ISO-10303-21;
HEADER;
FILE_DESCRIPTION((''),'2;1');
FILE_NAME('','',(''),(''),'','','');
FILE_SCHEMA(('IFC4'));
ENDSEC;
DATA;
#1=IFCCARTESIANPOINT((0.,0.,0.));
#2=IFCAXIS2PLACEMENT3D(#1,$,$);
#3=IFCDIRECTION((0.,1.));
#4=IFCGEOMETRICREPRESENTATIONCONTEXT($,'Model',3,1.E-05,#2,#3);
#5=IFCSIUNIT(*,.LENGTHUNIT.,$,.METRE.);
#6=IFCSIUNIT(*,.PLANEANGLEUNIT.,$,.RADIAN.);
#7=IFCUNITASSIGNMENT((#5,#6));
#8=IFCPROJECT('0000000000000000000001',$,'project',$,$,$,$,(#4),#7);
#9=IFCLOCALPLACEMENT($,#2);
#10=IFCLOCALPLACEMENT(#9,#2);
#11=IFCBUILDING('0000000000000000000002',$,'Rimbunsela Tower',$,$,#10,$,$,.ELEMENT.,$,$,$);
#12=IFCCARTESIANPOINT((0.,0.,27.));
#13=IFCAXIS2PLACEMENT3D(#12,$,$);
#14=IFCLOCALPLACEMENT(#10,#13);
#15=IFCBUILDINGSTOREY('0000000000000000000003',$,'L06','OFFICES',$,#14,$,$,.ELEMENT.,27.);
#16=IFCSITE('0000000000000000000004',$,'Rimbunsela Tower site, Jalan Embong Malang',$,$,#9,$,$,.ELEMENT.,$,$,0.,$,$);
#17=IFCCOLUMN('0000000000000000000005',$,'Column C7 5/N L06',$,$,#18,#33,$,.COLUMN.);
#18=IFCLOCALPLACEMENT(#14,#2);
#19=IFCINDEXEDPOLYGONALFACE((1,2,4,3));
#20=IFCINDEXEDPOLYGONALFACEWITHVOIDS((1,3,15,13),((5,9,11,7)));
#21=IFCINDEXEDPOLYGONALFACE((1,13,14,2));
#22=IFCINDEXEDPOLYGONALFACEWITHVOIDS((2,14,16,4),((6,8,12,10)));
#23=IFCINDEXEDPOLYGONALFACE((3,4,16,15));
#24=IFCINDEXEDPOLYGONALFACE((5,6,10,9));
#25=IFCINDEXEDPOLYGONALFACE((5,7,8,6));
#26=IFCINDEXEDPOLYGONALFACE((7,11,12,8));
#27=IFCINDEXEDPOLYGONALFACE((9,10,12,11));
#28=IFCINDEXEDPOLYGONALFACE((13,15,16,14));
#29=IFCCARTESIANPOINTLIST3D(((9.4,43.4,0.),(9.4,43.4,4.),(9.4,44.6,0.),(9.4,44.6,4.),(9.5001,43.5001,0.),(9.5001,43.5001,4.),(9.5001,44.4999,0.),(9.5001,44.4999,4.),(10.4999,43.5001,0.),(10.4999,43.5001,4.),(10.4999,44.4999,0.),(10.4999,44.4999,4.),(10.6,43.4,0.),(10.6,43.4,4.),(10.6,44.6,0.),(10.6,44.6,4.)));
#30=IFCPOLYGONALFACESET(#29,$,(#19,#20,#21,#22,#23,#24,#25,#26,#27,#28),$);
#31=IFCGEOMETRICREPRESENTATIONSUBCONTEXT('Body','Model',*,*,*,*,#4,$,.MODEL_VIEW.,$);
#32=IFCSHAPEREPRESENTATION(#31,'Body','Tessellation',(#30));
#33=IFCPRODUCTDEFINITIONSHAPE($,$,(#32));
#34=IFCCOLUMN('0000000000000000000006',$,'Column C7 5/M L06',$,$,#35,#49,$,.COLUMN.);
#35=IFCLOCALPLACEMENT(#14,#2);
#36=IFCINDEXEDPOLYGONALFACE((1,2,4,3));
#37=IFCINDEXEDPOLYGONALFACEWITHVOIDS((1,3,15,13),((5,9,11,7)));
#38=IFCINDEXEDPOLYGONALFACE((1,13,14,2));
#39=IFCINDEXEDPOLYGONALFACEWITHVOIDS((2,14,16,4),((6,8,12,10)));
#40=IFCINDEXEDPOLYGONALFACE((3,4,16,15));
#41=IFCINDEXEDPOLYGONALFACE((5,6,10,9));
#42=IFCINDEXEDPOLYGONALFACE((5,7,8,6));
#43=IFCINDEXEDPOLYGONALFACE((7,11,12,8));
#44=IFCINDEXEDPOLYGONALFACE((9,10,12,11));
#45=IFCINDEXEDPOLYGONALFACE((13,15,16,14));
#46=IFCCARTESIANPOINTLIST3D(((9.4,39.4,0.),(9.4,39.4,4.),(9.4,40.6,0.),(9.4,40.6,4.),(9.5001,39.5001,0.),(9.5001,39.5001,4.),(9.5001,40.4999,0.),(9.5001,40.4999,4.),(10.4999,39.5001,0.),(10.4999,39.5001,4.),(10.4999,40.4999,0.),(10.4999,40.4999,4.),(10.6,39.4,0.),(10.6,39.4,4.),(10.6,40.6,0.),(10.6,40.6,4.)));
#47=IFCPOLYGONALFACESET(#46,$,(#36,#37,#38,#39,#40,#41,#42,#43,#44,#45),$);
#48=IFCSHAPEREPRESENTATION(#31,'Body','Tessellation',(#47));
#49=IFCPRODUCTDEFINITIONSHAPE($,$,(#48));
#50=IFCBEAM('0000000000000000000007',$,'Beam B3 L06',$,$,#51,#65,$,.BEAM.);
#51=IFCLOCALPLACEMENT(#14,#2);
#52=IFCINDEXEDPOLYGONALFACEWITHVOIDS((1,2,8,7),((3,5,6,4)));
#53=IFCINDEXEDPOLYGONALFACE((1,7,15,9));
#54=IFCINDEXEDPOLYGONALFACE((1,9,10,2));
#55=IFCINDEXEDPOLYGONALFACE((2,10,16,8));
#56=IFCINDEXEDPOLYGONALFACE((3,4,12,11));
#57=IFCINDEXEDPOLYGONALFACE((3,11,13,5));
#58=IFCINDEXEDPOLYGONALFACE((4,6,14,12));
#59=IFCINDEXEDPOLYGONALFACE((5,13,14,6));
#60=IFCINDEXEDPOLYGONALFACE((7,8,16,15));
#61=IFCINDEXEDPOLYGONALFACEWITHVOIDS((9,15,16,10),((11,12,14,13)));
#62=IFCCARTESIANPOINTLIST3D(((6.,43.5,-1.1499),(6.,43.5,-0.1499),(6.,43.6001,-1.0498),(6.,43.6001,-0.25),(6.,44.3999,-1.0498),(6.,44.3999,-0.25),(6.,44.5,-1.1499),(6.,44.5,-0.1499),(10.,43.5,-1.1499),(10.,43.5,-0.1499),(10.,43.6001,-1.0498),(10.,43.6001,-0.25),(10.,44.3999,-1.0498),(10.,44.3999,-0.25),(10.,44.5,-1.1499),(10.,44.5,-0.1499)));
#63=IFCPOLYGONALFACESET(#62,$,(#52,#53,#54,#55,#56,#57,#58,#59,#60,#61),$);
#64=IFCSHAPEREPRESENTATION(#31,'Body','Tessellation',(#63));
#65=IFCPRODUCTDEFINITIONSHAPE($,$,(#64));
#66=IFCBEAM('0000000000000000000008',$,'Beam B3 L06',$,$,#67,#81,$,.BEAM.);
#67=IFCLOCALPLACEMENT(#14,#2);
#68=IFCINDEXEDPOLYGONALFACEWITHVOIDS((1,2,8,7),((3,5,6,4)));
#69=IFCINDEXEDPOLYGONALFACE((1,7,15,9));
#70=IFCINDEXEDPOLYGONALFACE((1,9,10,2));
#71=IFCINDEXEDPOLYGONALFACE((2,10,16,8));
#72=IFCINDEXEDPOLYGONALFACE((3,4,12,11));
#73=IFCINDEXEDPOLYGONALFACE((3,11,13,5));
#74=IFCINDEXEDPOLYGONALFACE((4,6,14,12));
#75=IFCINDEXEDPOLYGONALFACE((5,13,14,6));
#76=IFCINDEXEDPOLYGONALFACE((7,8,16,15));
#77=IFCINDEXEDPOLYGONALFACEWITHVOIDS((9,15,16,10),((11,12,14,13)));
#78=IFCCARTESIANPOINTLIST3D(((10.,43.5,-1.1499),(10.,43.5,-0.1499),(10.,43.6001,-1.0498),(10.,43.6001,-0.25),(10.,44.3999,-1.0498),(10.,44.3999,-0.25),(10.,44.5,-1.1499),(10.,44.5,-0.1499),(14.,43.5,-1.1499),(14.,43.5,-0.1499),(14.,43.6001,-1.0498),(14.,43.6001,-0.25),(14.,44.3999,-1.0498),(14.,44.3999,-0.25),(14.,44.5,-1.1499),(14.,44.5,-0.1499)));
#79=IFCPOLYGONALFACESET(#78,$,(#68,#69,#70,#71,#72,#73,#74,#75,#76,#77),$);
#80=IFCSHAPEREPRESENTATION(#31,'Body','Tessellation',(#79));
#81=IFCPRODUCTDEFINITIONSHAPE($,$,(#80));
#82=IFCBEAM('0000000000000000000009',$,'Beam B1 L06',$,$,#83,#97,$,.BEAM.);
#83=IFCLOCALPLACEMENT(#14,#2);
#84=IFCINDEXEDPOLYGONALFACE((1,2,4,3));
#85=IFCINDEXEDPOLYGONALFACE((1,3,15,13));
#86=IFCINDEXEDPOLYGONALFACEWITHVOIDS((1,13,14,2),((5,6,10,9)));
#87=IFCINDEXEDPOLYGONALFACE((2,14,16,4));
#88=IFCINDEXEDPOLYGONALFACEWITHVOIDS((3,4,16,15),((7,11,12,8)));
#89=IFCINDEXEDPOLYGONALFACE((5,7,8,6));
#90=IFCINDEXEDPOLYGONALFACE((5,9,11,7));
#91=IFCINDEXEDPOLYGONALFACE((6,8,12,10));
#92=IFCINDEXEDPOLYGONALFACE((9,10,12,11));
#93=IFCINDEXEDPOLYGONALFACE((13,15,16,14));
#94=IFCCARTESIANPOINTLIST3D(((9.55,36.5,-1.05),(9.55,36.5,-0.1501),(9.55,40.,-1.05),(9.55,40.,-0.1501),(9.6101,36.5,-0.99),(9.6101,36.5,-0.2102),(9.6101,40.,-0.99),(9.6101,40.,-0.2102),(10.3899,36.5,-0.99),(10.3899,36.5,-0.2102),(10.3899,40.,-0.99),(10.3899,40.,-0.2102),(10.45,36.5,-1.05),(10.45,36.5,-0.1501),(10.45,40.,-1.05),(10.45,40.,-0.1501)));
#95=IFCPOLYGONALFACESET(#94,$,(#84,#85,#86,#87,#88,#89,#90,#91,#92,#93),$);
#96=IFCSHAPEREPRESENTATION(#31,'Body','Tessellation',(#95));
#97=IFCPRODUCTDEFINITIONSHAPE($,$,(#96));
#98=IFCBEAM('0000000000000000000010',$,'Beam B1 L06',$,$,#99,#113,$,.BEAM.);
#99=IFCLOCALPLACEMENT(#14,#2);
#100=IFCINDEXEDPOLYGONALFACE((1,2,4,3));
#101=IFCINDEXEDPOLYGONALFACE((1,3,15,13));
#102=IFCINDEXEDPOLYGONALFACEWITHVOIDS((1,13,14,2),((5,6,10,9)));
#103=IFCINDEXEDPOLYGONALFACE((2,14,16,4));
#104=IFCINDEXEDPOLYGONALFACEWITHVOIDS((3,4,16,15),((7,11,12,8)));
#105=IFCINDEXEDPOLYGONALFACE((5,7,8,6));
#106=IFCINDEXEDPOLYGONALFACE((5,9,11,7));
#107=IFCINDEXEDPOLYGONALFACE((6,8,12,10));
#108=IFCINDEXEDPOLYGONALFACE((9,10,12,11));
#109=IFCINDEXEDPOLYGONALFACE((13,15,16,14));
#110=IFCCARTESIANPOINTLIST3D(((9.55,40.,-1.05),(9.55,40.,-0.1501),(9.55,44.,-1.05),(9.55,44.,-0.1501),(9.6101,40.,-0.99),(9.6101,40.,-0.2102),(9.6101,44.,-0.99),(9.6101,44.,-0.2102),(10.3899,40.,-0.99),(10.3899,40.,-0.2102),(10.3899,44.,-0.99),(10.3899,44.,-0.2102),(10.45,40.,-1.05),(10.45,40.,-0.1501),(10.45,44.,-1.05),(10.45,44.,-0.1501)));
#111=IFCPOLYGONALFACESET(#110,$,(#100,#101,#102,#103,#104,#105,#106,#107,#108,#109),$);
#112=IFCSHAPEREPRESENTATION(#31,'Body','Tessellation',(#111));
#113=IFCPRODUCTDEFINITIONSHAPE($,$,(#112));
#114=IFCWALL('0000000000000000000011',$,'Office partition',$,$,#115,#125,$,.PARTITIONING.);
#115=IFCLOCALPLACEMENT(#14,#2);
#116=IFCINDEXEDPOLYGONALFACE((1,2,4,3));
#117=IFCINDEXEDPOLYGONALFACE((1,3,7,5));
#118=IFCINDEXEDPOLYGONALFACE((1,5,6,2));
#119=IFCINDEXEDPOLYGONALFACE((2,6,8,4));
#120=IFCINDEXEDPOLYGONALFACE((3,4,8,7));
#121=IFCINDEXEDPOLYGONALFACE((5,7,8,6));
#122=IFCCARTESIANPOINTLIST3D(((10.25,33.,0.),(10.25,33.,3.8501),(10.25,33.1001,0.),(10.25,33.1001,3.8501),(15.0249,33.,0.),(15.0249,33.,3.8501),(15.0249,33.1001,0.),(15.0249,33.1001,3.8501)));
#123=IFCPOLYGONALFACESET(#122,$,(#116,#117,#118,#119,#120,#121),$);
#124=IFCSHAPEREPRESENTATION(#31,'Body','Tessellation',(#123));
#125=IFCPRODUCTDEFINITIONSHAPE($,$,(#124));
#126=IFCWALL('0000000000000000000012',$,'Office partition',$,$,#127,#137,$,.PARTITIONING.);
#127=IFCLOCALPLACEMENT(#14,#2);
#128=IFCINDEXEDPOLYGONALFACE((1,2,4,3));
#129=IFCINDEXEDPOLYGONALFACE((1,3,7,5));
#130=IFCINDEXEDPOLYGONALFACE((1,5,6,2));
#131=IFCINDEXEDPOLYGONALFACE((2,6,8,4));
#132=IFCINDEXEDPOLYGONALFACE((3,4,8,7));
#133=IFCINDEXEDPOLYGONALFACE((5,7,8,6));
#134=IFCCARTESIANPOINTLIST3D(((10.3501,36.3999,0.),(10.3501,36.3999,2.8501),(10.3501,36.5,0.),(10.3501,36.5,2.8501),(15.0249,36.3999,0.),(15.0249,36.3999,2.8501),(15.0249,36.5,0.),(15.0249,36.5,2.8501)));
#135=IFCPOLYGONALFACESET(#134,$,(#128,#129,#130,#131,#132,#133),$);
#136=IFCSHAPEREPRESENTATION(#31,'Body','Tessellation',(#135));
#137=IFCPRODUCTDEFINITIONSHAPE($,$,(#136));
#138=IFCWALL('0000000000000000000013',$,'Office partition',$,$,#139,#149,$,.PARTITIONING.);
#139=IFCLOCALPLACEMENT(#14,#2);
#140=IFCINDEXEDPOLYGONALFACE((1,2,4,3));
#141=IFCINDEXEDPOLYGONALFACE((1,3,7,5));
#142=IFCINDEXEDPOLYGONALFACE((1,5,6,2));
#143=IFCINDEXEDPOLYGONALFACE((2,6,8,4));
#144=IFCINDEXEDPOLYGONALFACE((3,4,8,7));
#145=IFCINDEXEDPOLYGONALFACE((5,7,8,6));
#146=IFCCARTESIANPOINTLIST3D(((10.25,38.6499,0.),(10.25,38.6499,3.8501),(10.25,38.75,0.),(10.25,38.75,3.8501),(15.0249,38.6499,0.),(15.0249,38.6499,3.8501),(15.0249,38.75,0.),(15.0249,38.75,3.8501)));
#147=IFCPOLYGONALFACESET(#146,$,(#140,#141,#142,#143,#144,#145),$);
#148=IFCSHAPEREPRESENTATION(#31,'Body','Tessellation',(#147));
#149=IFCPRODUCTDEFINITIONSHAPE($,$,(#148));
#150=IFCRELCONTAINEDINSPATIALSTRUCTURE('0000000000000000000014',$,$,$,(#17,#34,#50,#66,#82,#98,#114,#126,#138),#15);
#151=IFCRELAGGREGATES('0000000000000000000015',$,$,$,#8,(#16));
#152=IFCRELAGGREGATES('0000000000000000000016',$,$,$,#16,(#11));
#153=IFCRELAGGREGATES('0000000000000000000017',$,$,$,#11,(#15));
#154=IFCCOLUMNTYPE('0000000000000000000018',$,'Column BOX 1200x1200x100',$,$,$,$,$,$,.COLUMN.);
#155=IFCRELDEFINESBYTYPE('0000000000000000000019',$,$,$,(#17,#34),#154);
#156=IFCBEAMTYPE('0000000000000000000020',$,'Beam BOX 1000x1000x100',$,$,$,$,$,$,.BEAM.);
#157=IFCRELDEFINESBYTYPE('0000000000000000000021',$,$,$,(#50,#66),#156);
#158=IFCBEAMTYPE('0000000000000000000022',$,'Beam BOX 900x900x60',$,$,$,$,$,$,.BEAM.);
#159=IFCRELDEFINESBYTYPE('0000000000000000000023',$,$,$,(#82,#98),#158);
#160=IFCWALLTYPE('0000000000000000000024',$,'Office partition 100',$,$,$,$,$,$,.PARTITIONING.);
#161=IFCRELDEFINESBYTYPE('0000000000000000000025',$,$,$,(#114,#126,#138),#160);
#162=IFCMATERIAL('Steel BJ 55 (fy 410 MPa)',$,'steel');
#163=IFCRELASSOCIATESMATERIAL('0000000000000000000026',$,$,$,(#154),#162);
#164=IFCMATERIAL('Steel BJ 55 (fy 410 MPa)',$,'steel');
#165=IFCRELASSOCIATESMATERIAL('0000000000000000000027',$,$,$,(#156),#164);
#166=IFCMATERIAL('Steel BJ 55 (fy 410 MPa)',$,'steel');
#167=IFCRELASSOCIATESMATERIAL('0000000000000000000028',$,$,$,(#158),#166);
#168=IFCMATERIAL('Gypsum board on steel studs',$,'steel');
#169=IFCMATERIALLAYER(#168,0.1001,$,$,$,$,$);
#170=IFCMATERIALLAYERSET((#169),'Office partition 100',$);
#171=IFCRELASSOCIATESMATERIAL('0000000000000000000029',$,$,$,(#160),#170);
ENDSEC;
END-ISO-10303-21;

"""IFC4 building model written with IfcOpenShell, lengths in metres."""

from ifc_helpers import new_model, si_unit, direction, frame, frame_2d, origin, origin_2d, place, context, subcontext, project, spatial, rectangle, hollow_rectangle, extrude, material, layer, layer_set, material_profile, profile_set, type_object, element, save


model = new_model("IFC4")

# Units and contexts
model_context = context("Model", 3, precision=1e-05, world=origin(), true_north=direction((0.0, 1.0)))
body_context = subcontext(model_context, "Body", "Model", "MODEL_VIEW")
ifc_project = project(units=[si_unit("LENGTHUNIT", "METRE"), si_unit("PLANEANGLEUNIT", "RADIAN")], contexts=[model_context])

# Site, building, storey
site_placement = place(None, origin())
site = spatial("IfcSite", under=ifc_project, at=site_placement, Name="Rimbunsela Tower site, Jalan Embong Malang", CompositionType="ELEMENT", RefElevation=0.0)
building_placement = place(site_placement, origin())
building = spatial("IfcBuilding", under=site, at=building_placement, Name="Rimbunsela Tower", CompositionType="ELEMENT")
storey_placement = place(building_placement, frame((0.0, 0.0, 27.0)))
storey = spatial("IfcBuildingStorey", under=building, at=storey_placement, Name="L06", Description="OFFICES", CompositionType="ELEMENT", Elevation=27.0)

# Columns
ifc_material_1 = material(Name="Steel BJ 55 (fy 410 MPa)", Category="steel")
ifc_material_profile_1 = material_profile(ifc_material_1, hollow_rectangle(XDim=1.2, YDim=1.2, WallThickness=0.1001, at=origin_2d()), Name="BOX 1200x1200x100")
ifc_profile_set_1 = profile_set([ifc_material_profile_1], Name="Steel BJ 55 (fy 410 MPa)")
column_type = type_object("IfcColumnType", Name="Column BOX 1200x1200x100", PredefinedType="COLUMN", material=ifc_profile_set_1)
for number, where, z_axis, x_axis, name in (
    (1, (10.0, 44.0, 0.0), (0.0, 0.0, 1.0), (1.0, 0.0, 0.0), "Column C7 5/N L06"),
    (2, (10.0, 40.0, 0.0), (0.0, 0.0, 1.0), (1.0, 0.0, 0.0), "Column C7 5/M L06"),
):
    element("IfcColumn", number, at=place(storey_placement, frame(where, z_axis=z_axis, x_axis=x_axis)), inside=storey, type_object=column_type, Name=name, PredefinedType="COLUMN", context=body_context, shape_type="SweptSolid", body=[
        extrude(hollow_rectangle(XDim=1.2, YDim=1.2, WallThickness=0.1001, at=origin_2d()), origin(), (0.0, 0.0, 1.0), 4.0),
    ])

# Beams
ifc_material_2 = material(Name="Steel BJ 55 (fy 410 MPa)", Category="steel")
ifc_material_profile_2 = material_profile(ifc_material_2, hollow_rectangle(XDim=1.0, YDim=1.0, WallThickness=0.1001, at=origin_2d()), Name="BOX 1000x1000x100")
ifc_profile_set_2 = profile_set([ifc_material_profile_2], Name="Steel BJ 55 (fy 410 MPa)")
beam_type_1 = type_object("IfcBeamType", Name="Beam BOX 1000x1000x100", PredefinedType="BEAM", material=ifc_profile_set_2)
for number, where, z_axis, x_axis, name in (
    (3, (6.0, 44.0, -0.6499), (1.0, 0.0, 0.0), (0.0, 1.0, 0.0), "Beam B3 L06"),
    (4, (10.0, 44.0, -0.6499), (1.0, 0.0, 0.0), (0.0, 1.0, 0.0), "Beam B3 L06"),
):
    element("IfcBeam", number, at=place(storey_placement, frame(where, z_axis=z_axis, x_axis=x_axis)), inside=storey, type_object=beam_type_1, Name=name, PredefinedType="BEAM", context=body_context, shape_type="SweptSolid", body=[
        extrude(hollow_rectangle(XDim=1.0, YDim=1.0, WallThickness=0.1001, at=origin_2d()), origin(), (0.0, 0.0, 1.0), 4.0),
    ])
ifc_material_3 = material(Name="Steel BJ 55 (fy 410 MPa)", Category="steel")
ifc_material_profile_3 = material_profile(ifc_material_3, hollow_rectangle(XDim=0.8999, YDim=0.8999, WallThickness=0.0601, at=origin_2d()), Name="BOX 900x900x60")
ifc_profile_set_3 = profile_set([ifc_material_profile_3], Name="Steel BJ 55 (fy 410 MPa)")
beam_type_2 = type_object("IfcBeamType", Name="Beam BOX 900x900x60", PredefinedType="BEAM", material=ifc_profile_set_3)
beam_1_placement = place(storey_placement, frame((10.0, 36.5, -0.6001), z_axis=(0.0, 1.0, 0.0), x_axis=(-1.0, 0.0, 0.0)))
element("IfcBeam", 5, at=beam_1_placement, inside=storey, type_object=beam_type_2, Name="Beam B1 L06", PredefinedType="BEAM", context=body_context, shape_type="SweptSolid", body=[
    extrude(hollow_rectangle(XDim=0.8999, YDim=0.8999, WallThickness=0.0601, at=origin_2d()), origin(), (0.0, 0.0, 1.0), 3.5),
])
beam_2_placement = place(storey_placement, frame((10.0, 40.0, -0.6001), z_axis=(0.0, 1.0, 0.0), x_axis=(-1.0, 0.0, 0.0)))
element("IfcBeam", 6, at=beam_2_placement, inside=storey, type_object=beam_type_2, Name="Beam B1 L06", PredefinedType="BEAM", context=body_context, shape_type="SweptSolid", body=[
    extrude(hollow_rectangle(XDim=0.8999, YDim=0.8999, WallThickness=0.0601, at=origin_2d()), origin(), (0.0, 0.0, 1.0), 4.0),
])

# Walls
ifc_material_4 = material(Name="Gypsum board on steel studs", Category="steel")
ifc_layer_1 = layer(ifc_material_4, 0.1001)
ifc_layer_set_1 = layer_set([ifc_layer_1], Name="Office partition 100")
wall_type_1 = type_object("IfcWallType", Name="Office partition 100", PredefinedType="PARTITIONING", material=ifc_layer_set_1)
wall_1_placement = place(storey_placement, frame((10.25, 33.05, 0.0), z_axis=(0.0, 0.0, 1.0), x_axis=(1.0, 0.0, 0.0)))
element("IfcWall", 7, at=wall_1_placement, inside=storey, type_object=wall_type_1, Name="Office partition", PredefinedType="PARTITIONING", context=body_context, shape_type="SweptSolid", body=[
    extrude(rectangle(XDim=4.7749, YDim=0.1001, at=frame_2d((2.3875, 0.0))), origin(), (0.0, 0.0, 1.0), 3.8501),
])
wall_2_placement = place(storey_placement, frame((10.3501, 36.45, 0.0), z_axis=(0.0, 0.0, 1.0), x_axis=(1.0, 0.0, 0.0)))
element("IfcWall", 8, at=wall_2_placement, inside=storey, type_object=wall_type_1, Name="Office partition", PredefinedType="PARTITIONING", context=body_context, shape_type="SweptSolid", body=[
    extrude(rectangle(XDim=4.6748, YDim=0.1001, at=frame_2d((2.3374, 0.0))), origin(), (0.0, 0.0, 1.0), 2.8501),
])
wall_3_placement = place(storey_placement, frame((10.25, 38.7, 0.0), z_axis=(0.0, 0.0, 1.0), x_axis=(1.0, 0.0, 0.0)))
element("IfcWall", 9, at=wall_3_placement, inside=storey, type_object=wall_type_1, Name="Office partition", PredefinedType="PARTITIONING", context=body_context, shape_type="SweptSolid", body=[
    extrude(rectangle(XDim=4.7749, YDim=0.1001, at=frame_2d((2.3875, 0.0))), origin(), (0.0, 0.0, 1.0), 3.8501),
])

save(model, "model.ifc")
